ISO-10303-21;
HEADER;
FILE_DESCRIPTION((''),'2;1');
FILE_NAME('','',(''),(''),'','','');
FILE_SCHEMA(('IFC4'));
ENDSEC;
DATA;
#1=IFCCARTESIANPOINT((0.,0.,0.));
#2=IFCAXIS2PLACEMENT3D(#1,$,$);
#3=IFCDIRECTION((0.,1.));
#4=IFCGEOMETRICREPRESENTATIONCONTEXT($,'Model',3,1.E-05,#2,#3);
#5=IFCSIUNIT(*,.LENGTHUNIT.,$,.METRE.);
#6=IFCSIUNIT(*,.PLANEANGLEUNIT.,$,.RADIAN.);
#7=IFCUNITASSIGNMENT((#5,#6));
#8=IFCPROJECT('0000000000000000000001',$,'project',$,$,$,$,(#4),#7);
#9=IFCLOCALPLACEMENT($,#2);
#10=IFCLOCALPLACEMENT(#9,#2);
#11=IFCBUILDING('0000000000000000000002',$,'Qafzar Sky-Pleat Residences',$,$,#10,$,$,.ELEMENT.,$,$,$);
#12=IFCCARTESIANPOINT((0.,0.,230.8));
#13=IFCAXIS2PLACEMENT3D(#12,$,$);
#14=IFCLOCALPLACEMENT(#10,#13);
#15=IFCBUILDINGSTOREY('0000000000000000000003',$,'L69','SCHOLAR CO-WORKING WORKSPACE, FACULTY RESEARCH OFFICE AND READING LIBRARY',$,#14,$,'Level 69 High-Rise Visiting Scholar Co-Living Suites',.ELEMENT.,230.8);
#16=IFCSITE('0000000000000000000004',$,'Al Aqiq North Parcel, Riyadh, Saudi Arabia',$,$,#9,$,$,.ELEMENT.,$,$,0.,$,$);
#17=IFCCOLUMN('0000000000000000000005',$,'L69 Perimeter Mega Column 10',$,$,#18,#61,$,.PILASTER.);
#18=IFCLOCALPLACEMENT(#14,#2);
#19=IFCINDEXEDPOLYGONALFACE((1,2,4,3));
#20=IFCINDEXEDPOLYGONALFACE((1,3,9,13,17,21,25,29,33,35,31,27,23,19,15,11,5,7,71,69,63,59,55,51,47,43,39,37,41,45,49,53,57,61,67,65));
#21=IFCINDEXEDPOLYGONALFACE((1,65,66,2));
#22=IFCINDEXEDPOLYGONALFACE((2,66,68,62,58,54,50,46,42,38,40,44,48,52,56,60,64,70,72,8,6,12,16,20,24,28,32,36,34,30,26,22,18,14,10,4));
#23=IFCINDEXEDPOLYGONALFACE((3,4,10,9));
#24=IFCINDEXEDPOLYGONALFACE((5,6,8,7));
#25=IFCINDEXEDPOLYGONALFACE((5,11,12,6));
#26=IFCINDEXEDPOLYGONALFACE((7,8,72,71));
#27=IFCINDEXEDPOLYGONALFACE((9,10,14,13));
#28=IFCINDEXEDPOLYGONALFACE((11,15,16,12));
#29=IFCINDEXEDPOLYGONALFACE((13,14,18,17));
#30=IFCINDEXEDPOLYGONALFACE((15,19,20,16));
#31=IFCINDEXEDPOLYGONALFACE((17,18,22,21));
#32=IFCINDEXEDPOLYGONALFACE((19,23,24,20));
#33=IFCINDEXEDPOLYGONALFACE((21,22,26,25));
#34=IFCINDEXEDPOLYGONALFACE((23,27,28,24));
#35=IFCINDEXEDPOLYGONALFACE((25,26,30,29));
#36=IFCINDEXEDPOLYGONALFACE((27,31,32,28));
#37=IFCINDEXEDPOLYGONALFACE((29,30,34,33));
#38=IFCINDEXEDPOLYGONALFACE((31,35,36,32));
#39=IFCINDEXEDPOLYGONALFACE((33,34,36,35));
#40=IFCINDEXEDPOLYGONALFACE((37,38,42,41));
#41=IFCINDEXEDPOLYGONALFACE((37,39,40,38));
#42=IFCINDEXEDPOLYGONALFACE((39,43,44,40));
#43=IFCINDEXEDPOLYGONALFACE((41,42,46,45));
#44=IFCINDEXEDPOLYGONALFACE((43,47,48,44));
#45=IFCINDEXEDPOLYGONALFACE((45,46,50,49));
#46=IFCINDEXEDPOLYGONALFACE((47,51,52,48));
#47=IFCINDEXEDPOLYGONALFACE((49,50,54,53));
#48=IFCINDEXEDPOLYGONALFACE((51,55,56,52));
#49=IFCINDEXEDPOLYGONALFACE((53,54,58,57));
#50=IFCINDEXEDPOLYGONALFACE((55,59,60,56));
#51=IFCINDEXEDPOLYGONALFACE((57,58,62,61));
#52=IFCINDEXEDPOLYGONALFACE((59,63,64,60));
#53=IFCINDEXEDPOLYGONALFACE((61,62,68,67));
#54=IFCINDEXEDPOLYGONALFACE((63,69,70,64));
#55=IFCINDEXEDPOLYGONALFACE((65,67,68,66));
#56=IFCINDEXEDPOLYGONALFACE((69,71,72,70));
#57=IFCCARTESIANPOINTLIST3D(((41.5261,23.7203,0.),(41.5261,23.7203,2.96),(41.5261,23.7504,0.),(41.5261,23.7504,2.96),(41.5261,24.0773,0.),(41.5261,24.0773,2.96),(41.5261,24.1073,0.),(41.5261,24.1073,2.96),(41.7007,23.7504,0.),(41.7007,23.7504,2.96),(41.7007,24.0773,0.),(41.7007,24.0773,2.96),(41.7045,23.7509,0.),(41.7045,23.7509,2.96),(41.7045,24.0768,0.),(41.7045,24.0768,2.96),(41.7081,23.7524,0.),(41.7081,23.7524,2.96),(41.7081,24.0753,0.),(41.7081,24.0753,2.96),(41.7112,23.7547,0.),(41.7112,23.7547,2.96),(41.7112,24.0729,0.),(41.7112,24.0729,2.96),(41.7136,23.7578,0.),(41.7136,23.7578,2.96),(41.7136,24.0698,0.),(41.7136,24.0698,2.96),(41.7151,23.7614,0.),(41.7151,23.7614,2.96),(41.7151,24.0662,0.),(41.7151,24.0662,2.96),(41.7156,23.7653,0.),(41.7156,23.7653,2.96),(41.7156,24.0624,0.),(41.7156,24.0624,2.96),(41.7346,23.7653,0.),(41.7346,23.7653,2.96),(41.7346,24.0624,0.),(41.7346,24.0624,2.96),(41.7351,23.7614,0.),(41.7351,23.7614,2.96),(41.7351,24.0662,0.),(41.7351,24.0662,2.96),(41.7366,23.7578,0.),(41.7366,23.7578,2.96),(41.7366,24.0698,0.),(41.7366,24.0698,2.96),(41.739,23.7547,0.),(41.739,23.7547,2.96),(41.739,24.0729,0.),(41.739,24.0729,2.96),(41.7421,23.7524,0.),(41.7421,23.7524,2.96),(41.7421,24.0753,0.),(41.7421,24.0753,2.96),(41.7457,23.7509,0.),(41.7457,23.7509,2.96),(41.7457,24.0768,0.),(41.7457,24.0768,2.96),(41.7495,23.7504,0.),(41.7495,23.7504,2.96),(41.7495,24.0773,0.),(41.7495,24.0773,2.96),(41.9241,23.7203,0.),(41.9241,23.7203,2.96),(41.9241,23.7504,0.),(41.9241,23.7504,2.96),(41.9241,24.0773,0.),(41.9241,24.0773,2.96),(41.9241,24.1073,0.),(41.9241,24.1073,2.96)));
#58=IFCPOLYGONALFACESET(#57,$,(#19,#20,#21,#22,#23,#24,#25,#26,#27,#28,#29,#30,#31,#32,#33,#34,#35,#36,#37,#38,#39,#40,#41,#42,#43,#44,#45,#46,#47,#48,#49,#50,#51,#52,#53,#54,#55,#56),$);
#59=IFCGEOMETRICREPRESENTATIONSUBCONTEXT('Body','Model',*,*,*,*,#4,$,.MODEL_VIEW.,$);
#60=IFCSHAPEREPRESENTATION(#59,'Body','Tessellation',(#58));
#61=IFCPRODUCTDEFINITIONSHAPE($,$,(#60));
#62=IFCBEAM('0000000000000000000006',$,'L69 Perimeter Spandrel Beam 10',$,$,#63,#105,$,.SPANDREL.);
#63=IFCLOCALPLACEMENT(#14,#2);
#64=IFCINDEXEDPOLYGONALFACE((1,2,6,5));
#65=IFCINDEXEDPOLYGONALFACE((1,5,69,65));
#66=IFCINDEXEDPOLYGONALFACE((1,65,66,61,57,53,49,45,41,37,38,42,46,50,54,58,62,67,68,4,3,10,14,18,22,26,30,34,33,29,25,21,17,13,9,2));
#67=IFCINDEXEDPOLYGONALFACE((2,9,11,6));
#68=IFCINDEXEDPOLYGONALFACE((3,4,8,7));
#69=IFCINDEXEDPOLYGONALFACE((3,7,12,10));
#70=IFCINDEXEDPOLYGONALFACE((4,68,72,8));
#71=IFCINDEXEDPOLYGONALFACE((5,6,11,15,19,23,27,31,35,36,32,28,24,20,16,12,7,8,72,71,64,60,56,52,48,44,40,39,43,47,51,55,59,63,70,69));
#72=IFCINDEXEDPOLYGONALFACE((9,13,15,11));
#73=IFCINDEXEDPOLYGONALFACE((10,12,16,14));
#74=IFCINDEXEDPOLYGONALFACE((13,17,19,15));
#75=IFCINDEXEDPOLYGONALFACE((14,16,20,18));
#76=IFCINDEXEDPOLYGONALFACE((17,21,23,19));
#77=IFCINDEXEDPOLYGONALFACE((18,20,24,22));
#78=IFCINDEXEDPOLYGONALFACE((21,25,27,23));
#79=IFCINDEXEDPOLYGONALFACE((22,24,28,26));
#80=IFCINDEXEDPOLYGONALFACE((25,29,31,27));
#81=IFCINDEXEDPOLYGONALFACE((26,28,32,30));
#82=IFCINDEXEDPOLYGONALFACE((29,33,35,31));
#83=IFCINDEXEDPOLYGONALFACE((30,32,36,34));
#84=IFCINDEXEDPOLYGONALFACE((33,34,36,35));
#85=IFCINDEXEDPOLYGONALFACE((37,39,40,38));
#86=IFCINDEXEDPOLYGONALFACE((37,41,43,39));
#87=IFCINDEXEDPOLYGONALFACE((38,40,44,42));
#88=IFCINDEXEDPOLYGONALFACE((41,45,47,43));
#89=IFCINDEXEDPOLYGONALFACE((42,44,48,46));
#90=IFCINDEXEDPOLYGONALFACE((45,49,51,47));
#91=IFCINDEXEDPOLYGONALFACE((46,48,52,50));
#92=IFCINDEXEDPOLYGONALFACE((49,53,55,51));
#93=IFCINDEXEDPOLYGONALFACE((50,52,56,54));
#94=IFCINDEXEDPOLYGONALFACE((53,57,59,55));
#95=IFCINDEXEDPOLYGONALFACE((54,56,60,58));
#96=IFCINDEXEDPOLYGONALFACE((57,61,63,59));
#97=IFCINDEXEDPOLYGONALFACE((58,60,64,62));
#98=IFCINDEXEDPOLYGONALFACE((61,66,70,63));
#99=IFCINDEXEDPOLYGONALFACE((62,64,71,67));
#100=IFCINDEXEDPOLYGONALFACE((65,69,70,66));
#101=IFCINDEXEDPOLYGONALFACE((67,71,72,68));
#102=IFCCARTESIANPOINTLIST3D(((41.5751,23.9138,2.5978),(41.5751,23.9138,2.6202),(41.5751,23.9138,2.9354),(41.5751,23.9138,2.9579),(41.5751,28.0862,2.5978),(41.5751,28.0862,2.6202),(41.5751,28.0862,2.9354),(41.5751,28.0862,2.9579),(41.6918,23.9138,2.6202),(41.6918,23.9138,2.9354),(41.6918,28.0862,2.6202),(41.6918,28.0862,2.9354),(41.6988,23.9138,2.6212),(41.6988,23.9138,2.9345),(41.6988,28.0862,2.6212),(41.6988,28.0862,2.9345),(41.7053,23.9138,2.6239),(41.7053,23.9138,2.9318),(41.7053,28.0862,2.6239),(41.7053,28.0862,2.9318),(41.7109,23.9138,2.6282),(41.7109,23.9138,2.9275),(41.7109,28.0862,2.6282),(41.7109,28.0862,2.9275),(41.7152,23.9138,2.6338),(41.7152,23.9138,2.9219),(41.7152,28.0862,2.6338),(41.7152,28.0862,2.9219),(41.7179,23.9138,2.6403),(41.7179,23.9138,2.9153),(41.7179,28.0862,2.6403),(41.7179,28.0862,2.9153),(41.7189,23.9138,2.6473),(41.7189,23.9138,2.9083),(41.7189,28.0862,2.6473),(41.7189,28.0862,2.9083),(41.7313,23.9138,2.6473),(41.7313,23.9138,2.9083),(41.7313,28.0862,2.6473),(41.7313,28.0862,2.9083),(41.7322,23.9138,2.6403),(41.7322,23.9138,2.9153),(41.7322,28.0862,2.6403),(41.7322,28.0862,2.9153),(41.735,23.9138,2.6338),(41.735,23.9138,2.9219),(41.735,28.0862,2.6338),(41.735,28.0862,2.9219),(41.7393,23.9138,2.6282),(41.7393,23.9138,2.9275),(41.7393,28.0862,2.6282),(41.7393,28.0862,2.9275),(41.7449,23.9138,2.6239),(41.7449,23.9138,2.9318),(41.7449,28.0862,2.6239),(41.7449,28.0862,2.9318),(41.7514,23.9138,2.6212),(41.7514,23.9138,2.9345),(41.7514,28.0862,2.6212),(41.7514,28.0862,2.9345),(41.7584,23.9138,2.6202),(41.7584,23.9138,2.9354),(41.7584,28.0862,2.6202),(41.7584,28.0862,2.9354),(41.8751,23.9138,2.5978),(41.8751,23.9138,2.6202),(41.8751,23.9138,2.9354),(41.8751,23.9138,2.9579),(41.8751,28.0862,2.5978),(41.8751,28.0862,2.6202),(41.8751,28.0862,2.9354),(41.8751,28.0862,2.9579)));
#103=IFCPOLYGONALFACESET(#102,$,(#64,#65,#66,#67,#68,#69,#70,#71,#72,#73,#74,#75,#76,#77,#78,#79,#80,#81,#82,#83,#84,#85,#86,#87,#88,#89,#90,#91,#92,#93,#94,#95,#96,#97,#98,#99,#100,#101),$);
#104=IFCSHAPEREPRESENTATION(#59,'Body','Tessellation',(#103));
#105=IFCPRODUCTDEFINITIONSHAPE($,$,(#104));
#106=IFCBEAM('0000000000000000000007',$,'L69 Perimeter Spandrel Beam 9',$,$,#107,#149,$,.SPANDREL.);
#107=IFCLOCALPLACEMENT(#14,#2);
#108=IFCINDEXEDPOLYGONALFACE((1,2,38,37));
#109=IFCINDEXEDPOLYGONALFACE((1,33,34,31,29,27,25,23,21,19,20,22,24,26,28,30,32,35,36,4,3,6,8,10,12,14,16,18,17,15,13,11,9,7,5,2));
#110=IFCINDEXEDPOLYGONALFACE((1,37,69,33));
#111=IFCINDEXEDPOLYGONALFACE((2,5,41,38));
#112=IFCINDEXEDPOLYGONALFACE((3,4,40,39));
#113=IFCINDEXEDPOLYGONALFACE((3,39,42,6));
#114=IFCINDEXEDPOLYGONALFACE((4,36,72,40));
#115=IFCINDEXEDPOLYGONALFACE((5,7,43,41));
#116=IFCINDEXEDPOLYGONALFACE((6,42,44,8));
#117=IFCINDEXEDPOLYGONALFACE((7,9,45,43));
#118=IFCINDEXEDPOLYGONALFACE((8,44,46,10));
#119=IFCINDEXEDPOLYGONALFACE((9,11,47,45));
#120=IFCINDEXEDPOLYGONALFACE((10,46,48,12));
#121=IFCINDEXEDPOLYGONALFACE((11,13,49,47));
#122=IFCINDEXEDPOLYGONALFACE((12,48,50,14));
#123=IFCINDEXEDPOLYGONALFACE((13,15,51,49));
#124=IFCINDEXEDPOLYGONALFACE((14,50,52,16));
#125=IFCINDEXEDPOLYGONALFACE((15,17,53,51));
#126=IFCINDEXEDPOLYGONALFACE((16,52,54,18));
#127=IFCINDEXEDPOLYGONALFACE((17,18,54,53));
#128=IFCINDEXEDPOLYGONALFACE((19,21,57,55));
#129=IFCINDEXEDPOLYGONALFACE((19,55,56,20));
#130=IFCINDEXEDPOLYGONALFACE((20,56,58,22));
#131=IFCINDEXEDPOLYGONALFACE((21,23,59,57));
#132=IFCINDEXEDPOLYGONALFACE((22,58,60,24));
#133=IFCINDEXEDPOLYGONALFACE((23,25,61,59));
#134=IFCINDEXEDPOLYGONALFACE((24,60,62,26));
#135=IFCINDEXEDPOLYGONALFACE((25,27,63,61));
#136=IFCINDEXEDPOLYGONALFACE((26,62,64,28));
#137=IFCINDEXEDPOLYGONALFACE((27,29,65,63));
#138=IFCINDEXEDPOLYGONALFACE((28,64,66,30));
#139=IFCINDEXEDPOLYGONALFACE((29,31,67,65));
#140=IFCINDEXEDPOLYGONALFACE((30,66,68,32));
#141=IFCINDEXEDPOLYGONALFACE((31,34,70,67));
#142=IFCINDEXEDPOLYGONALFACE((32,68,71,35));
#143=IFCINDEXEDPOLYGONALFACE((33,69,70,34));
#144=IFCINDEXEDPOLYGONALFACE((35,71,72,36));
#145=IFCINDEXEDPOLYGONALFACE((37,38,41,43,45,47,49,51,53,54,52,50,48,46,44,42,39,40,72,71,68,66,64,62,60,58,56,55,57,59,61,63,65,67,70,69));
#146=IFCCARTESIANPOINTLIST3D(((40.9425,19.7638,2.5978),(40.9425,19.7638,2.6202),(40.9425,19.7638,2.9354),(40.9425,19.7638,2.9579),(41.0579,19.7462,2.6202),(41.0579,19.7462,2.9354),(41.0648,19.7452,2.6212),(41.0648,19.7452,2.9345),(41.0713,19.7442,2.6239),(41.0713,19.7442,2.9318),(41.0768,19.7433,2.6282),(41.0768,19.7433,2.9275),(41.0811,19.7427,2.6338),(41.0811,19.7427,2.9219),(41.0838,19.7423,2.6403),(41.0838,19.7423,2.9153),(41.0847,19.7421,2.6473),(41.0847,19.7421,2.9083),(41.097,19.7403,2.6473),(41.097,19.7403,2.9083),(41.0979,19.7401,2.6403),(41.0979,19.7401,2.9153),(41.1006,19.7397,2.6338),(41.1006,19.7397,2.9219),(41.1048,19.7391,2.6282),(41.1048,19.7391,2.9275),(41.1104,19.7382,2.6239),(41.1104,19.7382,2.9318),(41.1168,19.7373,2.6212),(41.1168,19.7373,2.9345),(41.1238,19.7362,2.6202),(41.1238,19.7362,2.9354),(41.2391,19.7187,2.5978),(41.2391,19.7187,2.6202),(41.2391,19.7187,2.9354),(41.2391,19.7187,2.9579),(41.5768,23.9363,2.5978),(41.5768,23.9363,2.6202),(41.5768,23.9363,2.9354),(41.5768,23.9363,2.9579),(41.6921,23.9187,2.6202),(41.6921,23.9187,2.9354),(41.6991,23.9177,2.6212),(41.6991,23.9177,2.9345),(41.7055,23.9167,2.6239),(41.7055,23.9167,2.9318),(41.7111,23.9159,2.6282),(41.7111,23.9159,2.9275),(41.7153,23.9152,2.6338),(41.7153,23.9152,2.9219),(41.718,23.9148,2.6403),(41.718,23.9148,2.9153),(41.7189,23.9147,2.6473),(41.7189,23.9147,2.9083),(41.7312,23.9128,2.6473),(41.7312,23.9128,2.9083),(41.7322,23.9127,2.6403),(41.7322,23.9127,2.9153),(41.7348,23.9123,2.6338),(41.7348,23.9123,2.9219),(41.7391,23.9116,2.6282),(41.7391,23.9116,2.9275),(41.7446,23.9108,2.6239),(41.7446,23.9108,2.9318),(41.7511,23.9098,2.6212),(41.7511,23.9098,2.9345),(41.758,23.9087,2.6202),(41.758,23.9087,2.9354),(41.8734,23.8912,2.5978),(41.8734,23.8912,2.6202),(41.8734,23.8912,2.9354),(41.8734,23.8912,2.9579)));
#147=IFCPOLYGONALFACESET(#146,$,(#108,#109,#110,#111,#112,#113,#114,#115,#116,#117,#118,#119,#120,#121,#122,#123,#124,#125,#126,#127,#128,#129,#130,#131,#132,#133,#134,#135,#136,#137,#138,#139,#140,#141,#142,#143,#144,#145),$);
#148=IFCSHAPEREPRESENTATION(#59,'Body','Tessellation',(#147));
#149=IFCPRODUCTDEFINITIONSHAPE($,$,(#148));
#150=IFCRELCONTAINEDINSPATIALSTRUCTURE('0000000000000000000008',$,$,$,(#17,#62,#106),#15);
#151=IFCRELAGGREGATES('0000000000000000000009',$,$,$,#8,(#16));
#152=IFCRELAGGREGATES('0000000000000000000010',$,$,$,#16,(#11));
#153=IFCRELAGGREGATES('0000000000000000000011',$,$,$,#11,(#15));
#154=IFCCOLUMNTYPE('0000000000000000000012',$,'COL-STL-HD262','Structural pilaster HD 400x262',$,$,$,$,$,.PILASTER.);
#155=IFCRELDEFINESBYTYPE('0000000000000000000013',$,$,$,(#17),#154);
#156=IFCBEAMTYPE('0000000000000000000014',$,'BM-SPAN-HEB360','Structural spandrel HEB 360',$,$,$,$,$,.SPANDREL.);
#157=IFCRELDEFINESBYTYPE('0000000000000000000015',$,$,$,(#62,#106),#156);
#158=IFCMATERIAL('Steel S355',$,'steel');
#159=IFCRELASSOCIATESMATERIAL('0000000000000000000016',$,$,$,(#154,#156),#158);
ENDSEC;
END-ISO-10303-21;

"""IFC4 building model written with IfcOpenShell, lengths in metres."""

from ifc_helpers import new_model, si_unit, direction, frame, origin, origin_2d, place, context, subcontext, project, spatial, i_section, extrude, source, transform, mapped, material, material_profile, profile_set, type_object, element, save


model = new_model("IFC4")

# Units and contexts
model_context = context("Model", 3, precision=1e-05, world=origin(), true_north=direction((0.0, 1.0)))
body_context = subcontext(model_context, "Body", "Model", "MODEL_VIEW")
ifc_project = project(units=[si_unit("LENGTHUNIT", "METRE"), si_unit("PLANEANGLEUNIT", "RADIAN")], contexts=[model_context])

# Site, building, storey
site_placement = place(None, origin())
site = spatial("IfcSite", under=ifc_project, at=site_placement, Name="Al Aqiq North Parcel, Riyadh, Saudi Arabia", CompositionType="ELEMENT", RefElevation=0.0)
building_placement = place(site_placement, origin())
building = spatial("IfcBuilding", under=site, at=building_placement, Name="Qafzar Sky-Pleat Residences", CompositionType="ELEMENT")
storey_placement = place(building_placement, frame((0.0, 0.0, 230.8)))
storey = spatial("IfcBuildingStorey", under=building, at=storey_placement, Name="L69", Description="SCHOLAR CO-WORKING WORKSPACE, FACULTY RESEARCH OFFICE AND READING LIBRARY", LongName="Level 69 High-Rise Visiting Scholar Co-Living Suites", CompositionType="ELEMENT", Elevation=230.8)

# Column
ifc_material_1 = material(Name="Steel S355", Category="steel")
ifc_material_profile_1 = material_profile(ifc_material_1, i_section(OverallWidth=0.3979, OverallDepth=0.387, WebThickness=0.019, FlangeThickness=0.03, FilletRadius=0.0149, at=origin_2d()), Name="HD 400x262")
ifc_profile_set_1 = profile_set([ifc_material_profile_1], Name="Steel S355")
column_type = type_object("IfcColumnType", Name="COL-STL-HD262", Description="Structural pilaster HD 400x262", PredefinedType="PILASTER", material=ifc_profile_set_1)
shared_shape_1 = source(origin(), body_context, "Body", "SweptSolid", [
    extrude(i_section(OverallWidth=0.3979, OverallDepth=0.387, WebThickness=0.019, FlangeThickness=0.03, FilletRadius=0.0149, at=origin_2d()), origin(), (0.0, 0.0, 1.0), 2.96),
])
column_placement = place(storey_placement, frame((41.7251, 23.9138, 0.0), z_axis=(0.0, 0.0, 1.0), x_axis=(1.0, 0.0, 0.0)))
element("IfcColumn", 1, at=column_placement, inside=storey, type_object=column_type, Name="L69 Perimeter Mega Column 10", PredefinedType="PILASTER", context=body_context, shape_type="MappedRepresentation", body=[
    mapped(shared_shape_1, transform((0.0, 0.0, 0.0), x_axis=(1.0, 0.0, 0.0), y_axis=(0.0, 1.0, 0.0), z_axis=(0.0, 0.0, 1.0), scale=1.0)),
])

# Beams
ifc_material_profile_2 = material_profile(ifc_material_1, i_section(OverallWidth=0.3, OverallDepth=0.3601, WebThickness=0.0125, FlangeThickness=0.0225, FilletRadius=0.0271, at=origin_2d()), Name="HEB 360")
ifc_profile_set_2 = profile_set([ifc_material_profile_2], Name="Steel S355")
beam_type_1 = type_object("IfcBeamType", Name="BM-SPAN-HEB360", Description="Structural spandrel HEB 360", PredefinedType="SPANDREL", material=ifc_profile_set_2)
shared_shape_2 = source(origin(), body_context, "Body", "SweptSolid", [
    extrude(i_section(OverallWidth=0.3, OverallDepth=0.3601, WebThickness=0.0125, FlangeThickness=0.0225, FilletRadius=0.0271, at=origin_2d()), origin(), (0.0, 0.0, 1.0), 4.1724),
])
beam_1_placement = place(storey_placement, frame((41.7251, 23.9138, 2.7778), z_axis=(0.0, 1.0, 0.0), x_axis=(-1.0, 0.0, 0.0)))
element("IfcBeam", 2, at=beam_1_placement, inside=storey, type_object=beam_type_1, Name="L69 Perimeter Spandrel Beam 10", PredefinedType="SPANDREL", context=body_context, shape_type="MappedRepresentation", body=[
    mapped(shared_shape_2, transform((0.0, 0.0, 0.0), x_axis=(1.0, 0.0, 0.0), y_axis=(0.0, 1.0, 0.0), z_axis=(0.0, 0.0, 1.0), scale=1.0)),
])
shared_shape_3 = source(origin(), body_context, "Body", "SweptSolid", [
    extrude(i_section(OverallWidth=0.3, OverallDepth=0.3601, WebThickness=0.0125, FlangeThickness=0.0225, FilletRadius=0.0271, at=origin_2d()), origin(), (0.0, 0.0, 1.0), 4.2205),
])
beam_2_placement = place(storey_placement, frame((41.0908, 19.7412, 2.7778), z_axis=(0.150283, 0.988643, 0.0), x_axis=(-0.988643, 0.150283, 0.0)))
element("IfcBeam", 3, at=beam_2_placement, inside=storey, type_object=beam_type_1, Name="L69 Perimeter Spandrel Beam 9", PredefinedType="SPANDREL", context=body_context, shape_type="MappedRepresentation", body=[
    mapped(shared_shape_3, transform((0.0, 0.0, 0.0), x_axis=(1.0, 0.0, 0.0), y_axis=(0.0, 1.0, 0.0), z_axis=(0.0, 0.0, 1.0), scale=1.0)),
])

save(model, "model.ifc")
